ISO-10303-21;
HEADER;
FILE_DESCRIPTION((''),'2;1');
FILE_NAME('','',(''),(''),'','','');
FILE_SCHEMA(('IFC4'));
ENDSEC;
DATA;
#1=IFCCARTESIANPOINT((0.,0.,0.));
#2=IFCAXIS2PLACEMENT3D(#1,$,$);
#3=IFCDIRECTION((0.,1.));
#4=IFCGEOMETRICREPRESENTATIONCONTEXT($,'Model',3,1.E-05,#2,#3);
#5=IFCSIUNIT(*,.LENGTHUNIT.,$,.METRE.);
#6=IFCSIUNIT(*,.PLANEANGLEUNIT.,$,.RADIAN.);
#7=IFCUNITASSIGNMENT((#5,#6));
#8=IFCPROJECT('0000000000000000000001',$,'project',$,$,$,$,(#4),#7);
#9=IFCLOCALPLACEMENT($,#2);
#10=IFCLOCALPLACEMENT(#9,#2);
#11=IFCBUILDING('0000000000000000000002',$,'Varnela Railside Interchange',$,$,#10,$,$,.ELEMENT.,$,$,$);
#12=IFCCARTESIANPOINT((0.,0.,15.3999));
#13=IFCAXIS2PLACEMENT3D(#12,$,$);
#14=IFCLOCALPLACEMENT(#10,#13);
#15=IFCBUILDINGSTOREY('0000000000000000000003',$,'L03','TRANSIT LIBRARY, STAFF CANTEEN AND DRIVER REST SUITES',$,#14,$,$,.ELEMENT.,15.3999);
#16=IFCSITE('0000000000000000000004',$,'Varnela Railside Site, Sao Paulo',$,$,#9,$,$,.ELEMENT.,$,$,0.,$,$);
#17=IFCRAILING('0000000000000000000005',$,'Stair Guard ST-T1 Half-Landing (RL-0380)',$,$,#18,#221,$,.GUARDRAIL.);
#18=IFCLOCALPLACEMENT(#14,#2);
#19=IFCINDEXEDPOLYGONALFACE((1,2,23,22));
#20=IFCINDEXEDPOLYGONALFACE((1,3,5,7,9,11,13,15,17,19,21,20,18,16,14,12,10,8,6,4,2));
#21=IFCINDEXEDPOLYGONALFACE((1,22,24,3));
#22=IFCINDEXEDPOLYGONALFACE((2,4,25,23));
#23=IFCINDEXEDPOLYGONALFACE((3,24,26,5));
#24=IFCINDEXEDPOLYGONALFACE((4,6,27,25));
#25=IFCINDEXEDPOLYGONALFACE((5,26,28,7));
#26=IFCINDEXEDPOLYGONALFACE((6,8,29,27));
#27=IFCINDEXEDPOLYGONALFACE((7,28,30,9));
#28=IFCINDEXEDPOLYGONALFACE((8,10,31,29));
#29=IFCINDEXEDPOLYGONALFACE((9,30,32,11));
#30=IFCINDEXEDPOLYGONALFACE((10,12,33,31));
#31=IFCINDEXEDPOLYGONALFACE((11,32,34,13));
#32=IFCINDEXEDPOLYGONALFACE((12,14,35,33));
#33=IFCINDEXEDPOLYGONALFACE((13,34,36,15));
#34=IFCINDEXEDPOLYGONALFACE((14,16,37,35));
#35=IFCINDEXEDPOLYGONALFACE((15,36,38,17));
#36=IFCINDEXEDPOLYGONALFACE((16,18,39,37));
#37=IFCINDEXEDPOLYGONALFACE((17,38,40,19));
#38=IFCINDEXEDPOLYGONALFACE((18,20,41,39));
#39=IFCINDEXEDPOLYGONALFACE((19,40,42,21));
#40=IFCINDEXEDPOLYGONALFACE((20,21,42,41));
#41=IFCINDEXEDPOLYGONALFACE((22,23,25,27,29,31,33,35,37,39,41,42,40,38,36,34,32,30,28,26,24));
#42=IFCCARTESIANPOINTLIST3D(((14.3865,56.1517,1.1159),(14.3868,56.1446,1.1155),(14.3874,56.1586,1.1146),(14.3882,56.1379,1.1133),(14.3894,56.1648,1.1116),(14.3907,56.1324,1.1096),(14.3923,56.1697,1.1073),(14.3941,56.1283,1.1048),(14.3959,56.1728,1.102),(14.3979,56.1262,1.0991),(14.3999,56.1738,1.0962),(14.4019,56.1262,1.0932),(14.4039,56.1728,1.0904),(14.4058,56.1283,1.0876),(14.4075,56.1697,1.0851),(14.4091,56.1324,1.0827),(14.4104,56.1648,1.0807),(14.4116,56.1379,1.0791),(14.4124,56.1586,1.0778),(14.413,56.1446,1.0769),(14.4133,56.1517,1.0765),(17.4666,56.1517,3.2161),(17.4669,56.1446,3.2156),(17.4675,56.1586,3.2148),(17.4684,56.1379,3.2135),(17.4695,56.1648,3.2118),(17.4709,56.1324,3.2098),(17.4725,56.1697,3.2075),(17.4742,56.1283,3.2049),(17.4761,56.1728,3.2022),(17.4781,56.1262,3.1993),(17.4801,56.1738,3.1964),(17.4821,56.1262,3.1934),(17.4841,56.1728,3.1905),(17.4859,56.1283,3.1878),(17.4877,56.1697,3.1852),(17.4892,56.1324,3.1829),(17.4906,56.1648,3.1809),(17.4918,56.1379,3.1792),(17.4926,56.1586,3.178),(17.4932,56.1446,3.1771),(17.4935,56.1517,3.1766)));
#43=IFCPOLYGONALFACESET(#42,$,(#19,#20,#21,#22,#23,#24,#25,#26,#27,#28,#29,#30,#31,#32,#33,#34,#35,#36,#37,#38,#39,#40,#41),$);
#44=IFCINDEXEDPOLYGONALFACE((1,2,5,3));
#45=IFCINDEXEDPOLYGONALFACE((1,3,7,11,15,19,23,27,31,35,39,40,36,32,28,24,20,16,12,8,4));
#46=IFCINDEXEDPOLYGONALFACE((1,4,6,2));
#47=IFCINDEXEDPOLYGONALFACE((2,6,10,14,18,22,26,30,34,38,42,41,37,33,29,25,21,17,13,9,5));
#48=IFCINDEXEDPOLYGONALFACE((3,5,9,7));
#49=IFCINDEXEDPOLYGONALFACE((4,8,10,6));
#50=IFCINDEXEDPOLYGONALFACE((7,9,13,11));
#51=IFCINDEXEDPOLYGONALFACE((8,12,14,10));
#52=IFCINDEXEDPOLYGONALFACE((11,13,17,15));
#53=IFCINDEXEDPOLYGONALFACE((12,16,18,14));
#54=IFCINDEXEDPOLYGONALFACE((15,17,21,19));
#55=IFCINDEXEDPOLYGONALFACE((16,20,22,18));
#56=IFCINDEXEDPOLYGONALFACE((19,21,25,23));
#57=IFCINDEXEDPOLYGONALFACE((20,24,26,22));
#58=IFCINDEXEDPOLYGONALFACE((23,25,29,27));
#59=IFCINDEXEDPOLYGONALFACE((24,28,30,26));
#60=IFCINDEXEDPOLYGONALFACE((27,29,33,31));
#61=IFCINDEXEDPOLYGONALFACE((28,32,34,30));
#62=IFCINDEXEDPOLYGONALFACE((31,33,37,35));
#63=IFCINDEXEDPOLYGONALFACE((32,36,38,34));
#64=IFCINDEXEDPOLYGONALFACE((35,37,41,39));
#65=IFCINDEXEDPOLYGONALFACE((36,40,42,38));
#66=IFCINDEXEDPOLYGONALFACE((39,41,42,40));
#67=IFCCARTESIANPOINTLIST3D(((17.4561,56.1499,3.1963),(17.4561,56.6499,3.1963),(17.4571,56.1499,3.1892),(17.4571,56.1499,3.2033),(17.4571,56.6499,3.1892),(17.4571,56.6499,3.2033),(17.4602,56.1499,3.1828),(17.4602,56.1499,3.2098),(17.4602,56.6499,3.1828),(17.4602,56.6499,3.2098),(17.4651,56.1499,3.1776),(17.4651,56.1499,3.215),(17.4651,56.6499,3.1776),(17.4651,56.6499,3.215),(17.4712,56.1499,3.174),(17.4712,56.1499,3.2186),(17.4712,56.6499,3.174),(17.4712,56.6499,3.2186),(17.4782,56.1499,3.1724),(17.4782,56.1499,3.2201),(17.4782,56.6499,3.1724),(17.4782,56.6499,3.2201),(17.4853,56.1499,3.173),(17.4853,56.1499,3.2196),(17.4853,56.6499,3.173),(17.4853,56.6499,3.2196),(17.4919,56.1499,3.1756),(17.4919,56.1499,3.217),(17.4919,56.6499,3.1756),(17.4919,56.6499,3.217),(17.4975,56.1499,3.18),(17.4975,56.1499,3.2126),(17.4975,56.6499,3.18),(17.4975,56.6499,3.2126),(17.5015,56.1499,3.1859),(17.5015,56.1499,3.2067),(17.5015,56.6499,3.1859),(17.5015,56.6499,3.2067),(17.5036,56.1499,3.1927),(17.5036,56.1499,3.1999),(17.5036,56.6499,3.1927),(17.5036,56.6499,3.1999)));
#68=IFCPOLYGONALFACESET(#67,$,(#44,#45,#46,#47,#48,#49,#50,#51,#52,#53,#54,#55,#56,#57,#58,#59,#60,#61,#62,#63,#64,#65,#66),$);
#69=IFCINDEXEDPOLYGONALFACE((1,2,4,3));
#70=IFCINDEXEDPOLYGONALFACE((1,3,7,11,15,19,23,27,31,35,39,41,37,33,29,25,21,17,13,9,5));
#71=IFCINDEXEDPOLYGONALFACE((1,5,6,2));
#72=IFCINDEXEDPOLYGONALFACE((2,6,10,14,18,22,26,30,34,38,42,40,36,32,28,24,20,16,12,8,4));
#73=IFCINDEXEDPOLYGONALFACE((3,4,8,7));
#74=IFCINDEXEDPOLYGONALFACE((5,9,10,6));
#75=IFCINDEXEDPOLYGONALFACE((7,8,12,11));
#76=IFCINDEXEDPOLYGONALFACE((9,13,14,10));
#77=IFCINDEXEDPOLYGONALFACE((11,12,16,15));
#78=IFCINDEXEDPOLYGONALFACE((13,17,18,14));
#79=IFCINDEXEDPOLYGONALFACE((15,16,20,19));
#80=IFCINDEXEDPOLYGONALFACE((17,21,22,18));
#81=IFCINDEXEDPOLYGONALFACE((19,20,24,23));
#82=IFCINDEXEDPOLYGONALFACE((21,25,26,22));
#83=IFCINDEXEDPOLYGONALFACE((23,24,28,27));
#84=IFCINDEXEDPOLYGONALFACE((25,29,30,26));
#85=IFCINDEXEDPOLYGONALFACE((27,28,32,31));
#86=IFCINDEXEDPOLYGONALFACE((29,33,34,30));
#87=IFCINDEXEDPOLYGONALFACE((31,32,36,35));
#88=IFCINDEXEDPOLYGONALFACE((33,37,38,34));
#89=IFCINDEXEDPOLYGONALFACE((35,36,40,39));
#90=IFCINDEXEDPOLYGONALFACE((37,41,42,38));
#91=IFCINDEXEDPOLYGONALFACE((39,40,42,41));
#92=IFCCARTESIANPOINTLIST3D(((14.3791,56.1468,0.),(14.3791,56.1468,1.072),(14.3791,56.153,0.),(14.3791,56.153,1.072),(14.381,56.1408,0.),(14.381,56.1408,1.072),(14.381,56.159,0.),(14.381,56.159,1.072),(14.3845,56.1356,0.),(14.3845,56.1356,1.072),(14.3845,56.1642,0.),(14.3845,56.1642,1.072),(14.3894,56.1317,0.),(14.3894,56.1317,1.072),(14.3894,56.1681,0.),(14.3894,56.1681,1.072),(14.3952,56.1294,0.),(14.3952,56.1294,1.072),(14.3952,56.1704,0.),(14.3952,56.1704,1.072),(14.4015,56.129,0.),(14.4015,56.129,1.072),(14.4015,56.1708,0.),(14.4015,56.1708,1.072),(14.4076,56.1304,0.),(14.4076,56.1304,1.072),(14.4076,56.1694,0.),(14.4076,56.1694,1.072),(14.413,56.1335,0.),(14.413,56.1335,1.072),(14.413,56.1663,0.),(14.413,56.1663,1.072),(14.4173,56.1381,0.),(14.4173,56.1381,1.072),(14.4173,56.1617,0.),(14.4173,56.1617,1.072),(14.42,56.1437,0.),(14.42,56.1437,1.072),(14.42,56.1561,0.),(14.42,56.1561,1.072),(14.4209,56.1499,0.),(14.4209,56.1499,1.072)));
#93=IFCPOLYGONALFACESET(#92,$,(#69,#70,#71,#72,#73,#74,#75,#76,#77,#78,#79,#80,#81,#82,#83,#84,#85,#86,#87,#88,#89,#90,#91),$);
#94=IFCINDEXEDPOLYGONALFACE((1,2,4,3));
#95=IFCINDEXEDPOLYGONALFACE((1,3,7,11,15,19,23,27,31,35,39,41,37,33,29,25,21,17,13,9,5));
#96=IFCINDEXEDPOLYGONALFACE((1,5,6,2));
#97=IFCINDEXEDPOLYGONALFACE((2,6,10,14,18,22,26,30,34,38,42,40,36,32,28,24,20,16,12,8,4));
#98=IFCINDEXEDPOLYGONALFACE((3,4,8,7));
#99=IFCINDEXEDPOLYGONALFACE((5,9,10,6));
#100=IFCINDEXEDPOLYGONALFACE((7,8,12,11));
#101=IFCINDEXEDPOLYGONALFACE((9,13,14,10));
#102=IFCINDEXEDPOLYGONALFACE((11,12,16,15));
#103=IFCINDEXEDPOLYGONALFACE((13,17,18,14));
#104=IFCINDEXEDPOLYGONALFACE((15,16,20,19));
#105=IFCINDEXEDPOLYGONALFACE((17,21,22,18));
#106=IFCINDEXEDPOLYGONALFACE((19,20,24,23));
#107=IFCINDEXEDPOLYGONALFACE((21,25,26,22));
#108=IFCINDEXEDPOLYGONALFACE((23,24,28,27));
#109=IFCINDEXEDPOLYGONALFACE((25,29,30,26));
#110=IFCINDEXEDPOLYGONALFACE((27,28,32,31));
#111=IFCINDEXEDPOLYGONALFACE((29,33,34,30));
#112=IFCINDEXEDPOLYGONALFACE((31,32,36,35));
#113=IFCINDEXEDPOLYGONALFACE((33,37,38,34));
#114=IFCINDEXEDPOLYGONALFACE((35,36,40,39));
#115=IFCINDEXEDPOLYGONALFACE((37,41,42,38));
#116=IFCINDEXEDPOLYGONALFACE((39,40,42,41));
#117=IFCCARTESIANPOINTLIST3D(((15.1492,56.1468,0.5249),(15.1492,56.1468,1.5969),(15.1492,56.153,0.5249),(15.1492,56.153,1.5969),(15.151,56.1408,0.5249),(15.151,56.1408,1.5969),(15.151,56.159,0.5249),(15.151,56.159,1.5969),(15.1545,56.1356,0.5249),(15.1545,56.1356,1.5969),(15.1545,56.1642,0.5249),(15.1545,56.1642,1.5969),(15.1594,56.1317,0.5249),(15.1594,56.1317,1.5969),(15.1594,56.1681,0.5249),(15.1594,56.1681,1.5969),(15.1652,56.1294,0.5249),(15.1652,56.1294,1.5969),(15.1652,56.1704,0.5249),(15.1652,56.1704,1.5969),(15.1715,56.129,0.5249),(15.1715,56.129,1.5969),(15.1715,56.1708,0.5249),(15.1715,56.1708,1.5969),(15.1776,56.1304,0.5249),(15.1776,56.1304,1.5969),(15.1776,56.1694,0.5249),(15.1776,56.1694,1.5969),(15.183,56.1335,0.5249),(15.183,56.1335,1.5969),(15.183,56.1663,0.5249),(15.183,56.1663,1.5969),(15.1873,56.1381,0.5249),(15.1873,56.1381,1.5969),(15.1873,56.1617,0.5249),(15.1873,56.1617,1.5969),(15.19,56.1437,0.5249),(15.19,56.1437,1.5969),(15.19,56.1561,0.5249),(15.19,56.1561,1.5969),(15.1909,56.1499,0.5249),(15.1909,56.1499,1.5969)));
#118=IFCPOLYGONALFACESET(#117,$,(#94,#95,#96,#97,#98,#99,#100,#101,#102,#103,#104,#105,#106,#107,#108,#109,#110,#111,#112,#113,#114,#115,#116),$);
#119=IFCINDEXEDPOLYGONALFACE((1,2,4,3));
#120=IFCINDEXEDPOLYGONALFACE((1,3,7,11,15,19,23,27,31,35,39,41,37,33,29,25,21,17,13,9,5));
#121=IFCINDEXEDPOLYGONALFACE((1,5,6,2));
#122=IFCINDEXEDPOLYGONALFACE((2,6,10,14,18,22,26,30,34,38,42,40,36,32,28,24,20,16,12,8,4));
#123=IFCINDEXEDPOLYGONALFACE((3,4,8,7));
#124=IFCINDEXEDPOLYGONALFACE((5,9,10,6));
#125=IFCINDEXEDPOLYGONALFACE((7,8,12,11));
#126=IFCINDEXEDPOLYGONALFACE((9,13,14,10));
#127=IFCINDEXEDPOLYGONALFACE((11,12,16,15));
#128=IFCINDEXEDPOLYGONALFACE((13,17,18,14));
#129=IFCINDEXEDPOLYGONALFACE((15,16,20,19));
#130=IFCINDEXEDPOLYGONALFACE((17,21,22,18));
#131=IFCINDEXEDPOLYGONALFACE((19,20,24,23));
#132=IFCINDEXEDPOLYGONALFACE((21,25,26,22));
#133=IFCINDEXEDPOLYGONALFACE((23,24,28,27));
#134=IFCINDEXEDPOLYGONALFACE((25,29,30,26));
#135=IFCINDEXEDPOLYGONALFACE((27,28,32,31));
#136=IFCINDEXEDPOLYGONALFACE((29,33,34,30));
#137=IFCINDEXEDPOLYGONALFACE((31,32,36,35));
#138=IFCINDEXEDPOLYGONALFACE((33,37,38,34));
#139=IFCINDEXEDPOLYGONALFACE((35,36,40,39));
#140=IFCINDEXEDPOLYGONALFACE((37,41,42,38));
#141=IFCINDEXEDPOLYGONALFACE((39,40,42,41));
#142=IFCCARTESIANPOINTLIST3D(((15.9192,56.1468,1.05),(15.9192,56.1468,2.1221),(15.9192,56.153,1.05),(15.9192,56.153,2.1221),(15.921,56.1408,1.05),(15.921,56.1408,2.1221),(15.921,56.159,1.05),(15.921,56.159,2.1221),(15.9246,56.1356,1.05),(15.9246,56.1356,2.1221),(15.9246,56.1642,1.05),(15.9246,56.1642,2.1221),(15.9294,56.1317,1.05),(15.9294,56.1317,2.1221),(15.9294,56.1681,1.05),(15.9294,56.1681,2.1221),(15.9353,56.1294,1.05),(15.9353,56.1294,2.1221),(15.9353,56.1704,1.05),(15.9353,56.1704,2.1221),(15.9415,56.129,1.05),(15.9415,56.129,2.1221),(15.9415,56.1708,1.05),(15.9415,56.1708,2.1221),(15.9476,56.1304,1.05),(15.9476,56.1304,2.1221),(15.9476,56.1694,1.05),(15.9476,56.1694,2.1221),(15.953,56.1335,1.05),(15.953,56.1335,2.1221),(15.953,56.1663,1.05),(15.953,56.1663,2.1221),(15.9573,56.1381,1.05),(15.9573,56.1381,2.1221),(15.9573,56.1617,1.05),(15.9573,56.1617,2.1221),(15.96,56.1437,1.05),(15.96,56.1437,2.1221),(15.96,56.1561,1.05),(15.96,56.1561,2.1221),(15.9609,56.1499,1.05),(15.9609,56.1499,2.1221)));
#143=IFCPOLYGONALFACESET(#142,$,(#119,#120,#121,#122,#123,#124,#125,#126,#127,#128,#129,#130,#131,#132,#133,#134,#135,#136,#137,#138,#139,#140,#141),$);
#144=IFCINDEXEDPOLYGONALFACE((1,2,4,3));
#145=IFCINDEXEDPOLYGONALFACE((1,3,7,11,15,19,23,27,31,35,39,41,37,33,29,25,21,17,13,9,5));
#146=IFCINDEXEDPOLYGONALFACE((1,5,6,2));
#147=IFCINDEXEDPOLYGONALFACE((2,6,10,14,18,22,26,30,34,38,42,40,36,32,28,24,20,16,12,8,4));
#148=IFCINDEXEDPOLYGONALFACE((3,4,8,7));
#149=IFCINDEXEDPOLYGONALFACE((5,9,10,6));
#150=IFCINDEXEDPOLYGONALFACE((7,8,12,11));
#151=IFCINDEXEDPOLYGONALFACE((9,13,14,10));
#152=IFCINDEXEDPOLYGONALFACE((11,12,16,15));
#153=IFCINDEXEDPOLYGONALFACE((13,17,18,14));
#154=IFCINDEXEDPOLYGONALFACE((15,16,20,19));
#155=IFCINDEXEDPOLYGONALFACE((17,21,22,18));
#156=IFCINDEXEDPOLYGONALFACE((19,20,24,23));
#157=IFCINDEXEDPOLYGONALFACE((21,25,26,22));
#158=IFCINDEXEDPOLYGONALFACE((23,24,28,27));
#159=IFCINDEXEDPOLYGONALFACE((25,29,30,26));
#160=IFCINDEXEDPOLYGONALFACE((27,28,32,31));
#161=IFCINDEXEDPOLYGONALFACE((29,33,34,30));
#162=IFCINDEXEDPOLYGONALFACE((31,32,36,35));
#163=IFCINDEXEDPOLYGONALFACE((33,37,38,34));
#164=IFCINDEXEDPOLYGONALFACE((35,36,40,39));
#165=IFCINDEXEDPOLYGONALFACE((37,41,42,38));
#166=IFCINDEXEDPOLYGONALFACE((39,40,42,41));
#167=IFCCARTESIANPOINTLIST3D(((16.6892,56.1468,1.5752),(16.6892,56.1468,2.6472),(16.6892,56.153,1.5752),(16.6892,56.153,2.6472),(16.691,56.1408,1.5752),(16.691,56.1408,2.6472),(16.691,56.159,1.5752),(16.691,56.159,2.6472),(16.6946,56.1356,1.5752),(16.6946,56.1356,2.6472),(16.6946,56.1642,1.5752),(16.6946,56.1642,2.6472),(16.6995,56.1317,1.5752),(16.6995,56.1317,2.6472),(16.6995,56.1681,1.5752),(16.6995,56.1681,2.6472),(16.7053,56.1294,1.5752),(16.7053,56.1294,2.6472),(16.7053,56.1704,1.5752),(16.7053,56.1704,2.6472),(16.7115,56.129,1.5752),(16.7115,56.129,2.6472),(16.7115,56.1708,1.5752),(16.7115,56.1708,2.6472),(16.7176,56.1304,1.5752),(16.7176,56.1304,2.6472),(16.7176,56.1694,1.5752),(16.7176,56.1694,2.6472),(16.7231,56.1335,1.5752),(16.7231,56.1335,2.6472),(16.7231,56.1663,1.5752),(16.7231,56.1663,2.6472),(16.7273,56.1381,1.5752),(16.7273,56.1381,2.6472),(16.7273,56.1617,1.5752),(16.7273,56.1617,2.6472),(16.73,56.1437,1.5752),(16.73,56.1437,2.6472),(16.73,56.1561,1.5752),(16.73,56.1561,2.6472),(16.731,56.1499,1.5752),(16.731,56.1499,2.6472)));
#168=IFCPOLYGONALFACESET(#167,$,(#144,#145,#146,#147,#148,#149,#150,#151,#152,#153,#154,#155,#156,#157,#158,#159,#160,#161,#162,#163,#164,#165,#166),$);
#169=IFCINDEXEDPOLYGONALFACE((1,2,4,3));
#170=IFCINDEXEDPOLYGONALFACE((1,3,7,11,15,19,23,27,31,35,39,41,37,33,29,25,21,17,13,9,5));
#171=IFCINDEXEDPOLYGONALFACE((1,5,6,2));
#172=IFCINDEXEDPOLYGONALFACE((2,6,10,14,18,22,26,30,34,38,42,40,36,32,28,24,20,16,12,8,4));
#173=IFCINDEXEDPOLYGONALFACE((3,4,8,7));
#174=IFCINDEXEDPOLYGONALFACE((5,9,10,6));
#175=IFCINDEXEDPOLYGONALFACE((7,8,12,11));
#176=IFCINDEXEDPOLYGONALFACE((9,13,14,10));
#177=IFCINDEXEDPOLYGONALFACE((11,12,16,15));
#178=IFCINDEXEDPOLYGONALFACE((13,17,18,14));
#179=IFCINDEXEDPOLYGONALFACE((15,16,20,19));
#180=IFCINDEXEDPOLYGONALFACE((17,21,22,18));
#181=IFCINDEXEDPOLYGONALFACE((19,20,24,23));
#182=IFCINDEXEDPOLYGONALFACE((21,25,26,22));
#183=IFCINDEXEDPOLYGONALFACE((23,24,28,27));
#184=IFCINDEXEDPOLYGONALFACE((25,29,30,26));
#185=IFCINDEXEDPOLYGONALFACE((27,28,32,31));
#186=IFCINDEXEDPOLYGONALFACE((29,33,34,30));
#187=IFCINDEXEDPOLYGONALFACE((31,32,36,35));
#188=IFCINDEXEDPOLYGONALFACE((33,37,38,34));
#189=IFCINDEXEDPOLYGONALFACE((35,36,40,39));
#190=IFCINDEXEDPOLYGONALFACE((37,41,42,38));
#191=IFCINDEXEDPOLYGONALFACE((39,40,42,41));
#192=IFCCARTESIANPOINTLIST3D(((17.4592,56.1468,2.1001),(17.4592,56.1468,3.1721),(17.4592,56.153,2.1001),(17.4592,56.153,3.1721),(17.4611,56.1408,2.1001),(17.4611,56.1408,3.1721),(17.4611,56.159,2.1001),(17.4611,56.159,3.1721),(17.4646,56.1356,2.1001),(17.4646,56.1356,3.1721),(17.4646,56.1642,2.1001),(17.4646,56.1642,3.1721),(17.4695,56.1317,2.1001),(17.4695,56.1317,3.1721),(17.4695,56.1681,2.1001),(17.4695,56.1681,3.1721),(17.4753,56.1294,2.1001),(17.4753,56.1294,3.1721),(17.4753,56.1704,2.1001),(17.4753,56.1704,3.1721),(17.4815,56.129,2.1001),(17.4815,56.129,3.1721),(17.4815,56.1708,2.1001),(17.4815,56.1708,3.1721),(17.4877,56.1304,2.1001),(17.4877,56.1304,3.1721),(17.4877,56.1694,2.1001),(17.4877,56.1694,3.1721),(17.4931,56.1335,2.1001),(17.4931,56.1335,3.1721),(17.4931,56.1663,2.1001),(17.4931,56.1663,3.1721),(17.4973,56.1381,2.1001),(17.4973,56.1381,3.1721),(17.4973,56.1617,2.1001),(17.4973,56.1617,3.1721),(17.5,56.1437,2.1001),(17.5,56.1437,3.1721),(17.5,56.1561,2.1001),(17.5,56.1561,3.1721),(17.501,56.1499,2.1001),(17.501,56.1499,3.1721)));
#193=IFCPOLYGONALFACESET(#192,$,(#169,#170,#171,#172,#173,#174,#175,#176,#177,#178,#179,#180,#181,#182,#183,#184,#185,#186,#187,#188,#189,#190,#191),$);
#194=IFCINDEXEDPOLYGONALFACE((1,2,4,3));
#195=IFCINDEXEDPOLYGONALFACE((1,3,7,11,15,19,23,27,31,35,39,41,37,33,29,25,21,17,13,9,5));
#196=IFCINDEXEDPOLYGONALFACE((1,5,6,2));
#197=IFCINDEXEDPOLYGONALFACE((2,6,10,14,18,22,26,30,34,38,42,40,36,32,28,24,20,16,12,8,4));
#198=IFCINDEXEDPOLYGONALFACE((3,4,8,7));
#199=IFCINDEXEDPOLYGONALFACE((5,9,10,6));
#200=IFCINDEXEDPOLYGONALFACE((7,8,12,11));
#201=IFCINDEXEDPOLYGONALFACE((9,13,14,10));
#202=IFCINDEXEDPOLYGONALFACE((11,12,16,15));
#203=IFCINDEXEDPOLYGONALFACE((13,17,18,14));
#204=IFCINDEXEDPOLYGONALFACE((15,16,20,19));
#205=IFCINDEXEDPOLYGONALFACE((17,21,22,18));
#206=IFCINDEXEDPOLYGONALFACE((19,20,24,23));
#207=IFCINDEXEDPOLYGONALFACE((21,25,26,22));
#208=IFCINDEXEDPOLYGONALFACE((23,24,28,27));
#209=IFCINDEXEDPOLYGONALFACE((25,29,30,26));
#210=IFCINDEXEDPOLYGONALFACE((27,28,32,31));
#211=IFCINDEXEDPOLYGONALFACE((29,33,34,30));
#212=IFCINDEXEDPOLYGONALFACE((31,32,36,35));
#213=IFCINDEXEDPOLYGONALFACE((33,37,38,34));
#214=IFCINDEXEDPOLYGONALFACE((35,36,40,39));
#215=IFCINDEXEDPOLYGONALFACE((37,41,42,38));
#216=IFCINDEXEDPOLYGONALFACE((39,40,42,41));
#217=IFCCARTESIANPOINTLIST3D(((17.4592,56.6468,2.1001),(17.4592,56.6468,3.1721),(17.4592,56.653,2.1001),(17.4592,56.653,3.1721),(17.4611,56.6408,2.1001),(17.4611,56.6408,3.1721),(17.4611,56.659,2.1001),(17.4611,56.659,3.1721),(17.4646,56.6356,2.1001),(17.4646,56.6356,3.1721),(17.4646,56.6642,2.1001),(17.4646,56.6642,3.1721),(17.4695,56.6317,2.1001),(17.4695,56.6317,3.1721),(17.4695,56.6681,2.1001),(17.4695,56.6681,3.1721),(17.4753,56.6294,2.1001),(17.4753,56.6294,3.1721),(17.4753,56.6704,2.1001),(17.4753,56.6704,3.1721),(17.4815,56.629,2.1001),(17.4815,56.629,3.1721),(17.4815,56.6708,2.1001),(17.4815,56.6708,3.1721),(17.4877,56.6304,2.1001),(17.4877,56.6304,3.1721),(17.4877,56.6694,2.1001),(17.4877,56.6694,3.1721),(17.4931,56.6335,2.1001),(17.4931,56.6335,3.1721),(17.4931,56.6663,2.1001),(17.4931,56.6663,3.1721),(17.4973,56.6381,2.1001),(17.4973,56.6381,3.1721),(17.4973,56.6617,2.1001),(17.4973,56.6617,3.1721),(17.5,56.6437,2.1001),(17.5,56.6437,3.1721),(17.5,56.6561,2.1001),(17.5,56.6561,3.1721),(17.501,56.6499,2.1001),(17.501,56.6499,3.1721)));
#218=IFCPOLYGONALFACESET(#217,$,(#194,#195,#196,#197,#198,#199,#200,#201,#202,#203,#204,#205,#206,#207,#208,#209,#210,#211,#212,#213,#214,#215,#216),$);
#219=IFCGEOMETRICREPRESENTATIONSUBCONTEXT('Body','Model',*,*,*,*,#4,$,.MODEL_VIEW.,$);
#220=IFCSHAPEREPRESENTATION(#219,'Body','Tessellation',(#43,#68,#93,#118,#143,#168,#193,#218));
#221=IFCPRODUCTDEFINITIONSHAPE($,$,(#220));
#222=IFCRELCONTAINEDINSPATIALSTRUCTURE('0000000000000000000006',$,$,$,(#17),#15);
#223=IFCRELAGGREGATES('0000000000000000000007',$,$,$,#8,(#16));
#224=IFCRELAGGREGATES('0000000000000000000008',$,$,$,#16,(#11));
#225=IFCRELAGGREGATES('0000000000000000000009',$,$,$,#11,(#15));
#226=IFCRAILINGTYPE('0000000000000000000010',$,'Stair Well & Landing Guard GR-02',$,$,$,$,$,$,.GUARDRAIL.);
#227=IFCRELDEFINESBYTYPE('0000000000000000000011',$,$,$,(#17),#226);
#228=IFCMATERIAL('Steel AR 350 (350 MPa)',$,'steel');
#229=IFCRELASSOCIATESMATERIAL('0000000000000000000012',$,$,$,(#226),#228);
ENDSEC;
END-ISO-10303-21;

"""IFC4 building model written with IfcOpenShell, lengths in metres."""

from ifc_helpers import new_model, si_unit, direction, frame, origin, origin_2d, place, context, subcontext, project, spatial, circle, extrude, material, type_object, element, save


model = new_model("IFC4")

# Units and contexts
model_context = context("Model", 3, precision=1e-05, world=origin(), true_north=direction((0.0, 1.0)))
body_context = subcontext(model_context, "Body", "Model", "MODEL_VIEW")
ifc_project = project(units=[si_unit("LENGTHUNIT", "METRE"), si_unit("PLANEANGLEUNIT", "RADIAN")], contexts=[model_context])

# Site, building, storey
site_placement = place(None, origin())
site = spatial("IfcSite", under=ifc_project, at=site_placement, Name="Varnela Railside Site, Sao Paulo", CompositionType="ELEMENT", RefElevation=0.0)
building_placement = place(site_placement, origin())
building = spatial("IfcBuilding", under=site, at=building_placement, Name="Varnela Railside Interchange", CompositionType="ELEMENT")
storey_placement = place(building_placement, frame((0.0, 0.0, 15.3999)))
storey = spatial("IfcBuildingStorey", under=building, at=storey_placement, Name="L03", Description="TRANSIT LIBRARY, STAFF CANTEEN AND DRIVER REST SUITES", CompositionType="ELEMENT", Elevation=15.3999)

# Shared definitions
ifc_material_1 = material(Name="Steel AR 350 (350 MPa)", Category="steel")

# Railing
railing_type_1 = type_object("IfcRailingType", Name="Stair Well & Landing Guard GR-02", PredefinedType="GUARDRAIL", material=ifc_material_1)
railing_1_placement = place(storey_placement, frame((14.3999, 56.1499, 0.0)))
element("IfcRailing", 1, at=railing_1_placement, inside=storey, type_object=railing_type_1, Name="Stair Guard ST-T1 Half-Landing (RL-0380)", PredefinedType="GUARDRAIL", context=body_context, shape_type="SweptSolid", body=[
    extrude(circle(Radius=0.0239, at=origin_2d()), frame((0.0, 0.0, 1.0962), z_axis=(0.826222, 0.0, 0.563345), x_axis=(0.0, 1.0, 0.0)), (0.0, 0.0, 1.0), 3.728),
    extrude(circle(Radius=0.0239, at=origin_2d()), frame((3.0801, 0.0, 3.1963), z_axis=(0.0, 1.0, 0.0), x_axis=(-1.0, 0.0, 0.0)), (0.0, 0.0, 1.0), 0.5),
    extrude(circle(Radius=0.021, at=origin_2d()), origin(), (0.0, 0.0, 1.0), 1.072),
    extrude(circle(Radius=0.021, at=origin_2d()), frame((0.77, 0.0, 0.5249)), (0.0, 0.0, 1.0), 1.072),
    extrude(circle(Radius=0.021, at=origin_2d()), frame((1.54, 0.0, 1.05)), (0.0, 0.0, 1.0), 1.072),
    extrude(circle(Radius=0.021, at=origin_2d()), frame((2.3101, 0.0, 1.5752)), (0.0, 0.0, 1.0), 1.072),
    extrude(circle(Radius=0.021, at=origin_2d()), frame((3.0801, 0.0, 2.1001)), (0.0, 0.0, 1.0), 1.072),
    extrude(circle(Radius=0.021, at=origin_2d()), frame((3.0801, 0.5, 2.1001)), (0.0, 0.0, 1.0), 1.072),
])

save(model, "model.ifc")
